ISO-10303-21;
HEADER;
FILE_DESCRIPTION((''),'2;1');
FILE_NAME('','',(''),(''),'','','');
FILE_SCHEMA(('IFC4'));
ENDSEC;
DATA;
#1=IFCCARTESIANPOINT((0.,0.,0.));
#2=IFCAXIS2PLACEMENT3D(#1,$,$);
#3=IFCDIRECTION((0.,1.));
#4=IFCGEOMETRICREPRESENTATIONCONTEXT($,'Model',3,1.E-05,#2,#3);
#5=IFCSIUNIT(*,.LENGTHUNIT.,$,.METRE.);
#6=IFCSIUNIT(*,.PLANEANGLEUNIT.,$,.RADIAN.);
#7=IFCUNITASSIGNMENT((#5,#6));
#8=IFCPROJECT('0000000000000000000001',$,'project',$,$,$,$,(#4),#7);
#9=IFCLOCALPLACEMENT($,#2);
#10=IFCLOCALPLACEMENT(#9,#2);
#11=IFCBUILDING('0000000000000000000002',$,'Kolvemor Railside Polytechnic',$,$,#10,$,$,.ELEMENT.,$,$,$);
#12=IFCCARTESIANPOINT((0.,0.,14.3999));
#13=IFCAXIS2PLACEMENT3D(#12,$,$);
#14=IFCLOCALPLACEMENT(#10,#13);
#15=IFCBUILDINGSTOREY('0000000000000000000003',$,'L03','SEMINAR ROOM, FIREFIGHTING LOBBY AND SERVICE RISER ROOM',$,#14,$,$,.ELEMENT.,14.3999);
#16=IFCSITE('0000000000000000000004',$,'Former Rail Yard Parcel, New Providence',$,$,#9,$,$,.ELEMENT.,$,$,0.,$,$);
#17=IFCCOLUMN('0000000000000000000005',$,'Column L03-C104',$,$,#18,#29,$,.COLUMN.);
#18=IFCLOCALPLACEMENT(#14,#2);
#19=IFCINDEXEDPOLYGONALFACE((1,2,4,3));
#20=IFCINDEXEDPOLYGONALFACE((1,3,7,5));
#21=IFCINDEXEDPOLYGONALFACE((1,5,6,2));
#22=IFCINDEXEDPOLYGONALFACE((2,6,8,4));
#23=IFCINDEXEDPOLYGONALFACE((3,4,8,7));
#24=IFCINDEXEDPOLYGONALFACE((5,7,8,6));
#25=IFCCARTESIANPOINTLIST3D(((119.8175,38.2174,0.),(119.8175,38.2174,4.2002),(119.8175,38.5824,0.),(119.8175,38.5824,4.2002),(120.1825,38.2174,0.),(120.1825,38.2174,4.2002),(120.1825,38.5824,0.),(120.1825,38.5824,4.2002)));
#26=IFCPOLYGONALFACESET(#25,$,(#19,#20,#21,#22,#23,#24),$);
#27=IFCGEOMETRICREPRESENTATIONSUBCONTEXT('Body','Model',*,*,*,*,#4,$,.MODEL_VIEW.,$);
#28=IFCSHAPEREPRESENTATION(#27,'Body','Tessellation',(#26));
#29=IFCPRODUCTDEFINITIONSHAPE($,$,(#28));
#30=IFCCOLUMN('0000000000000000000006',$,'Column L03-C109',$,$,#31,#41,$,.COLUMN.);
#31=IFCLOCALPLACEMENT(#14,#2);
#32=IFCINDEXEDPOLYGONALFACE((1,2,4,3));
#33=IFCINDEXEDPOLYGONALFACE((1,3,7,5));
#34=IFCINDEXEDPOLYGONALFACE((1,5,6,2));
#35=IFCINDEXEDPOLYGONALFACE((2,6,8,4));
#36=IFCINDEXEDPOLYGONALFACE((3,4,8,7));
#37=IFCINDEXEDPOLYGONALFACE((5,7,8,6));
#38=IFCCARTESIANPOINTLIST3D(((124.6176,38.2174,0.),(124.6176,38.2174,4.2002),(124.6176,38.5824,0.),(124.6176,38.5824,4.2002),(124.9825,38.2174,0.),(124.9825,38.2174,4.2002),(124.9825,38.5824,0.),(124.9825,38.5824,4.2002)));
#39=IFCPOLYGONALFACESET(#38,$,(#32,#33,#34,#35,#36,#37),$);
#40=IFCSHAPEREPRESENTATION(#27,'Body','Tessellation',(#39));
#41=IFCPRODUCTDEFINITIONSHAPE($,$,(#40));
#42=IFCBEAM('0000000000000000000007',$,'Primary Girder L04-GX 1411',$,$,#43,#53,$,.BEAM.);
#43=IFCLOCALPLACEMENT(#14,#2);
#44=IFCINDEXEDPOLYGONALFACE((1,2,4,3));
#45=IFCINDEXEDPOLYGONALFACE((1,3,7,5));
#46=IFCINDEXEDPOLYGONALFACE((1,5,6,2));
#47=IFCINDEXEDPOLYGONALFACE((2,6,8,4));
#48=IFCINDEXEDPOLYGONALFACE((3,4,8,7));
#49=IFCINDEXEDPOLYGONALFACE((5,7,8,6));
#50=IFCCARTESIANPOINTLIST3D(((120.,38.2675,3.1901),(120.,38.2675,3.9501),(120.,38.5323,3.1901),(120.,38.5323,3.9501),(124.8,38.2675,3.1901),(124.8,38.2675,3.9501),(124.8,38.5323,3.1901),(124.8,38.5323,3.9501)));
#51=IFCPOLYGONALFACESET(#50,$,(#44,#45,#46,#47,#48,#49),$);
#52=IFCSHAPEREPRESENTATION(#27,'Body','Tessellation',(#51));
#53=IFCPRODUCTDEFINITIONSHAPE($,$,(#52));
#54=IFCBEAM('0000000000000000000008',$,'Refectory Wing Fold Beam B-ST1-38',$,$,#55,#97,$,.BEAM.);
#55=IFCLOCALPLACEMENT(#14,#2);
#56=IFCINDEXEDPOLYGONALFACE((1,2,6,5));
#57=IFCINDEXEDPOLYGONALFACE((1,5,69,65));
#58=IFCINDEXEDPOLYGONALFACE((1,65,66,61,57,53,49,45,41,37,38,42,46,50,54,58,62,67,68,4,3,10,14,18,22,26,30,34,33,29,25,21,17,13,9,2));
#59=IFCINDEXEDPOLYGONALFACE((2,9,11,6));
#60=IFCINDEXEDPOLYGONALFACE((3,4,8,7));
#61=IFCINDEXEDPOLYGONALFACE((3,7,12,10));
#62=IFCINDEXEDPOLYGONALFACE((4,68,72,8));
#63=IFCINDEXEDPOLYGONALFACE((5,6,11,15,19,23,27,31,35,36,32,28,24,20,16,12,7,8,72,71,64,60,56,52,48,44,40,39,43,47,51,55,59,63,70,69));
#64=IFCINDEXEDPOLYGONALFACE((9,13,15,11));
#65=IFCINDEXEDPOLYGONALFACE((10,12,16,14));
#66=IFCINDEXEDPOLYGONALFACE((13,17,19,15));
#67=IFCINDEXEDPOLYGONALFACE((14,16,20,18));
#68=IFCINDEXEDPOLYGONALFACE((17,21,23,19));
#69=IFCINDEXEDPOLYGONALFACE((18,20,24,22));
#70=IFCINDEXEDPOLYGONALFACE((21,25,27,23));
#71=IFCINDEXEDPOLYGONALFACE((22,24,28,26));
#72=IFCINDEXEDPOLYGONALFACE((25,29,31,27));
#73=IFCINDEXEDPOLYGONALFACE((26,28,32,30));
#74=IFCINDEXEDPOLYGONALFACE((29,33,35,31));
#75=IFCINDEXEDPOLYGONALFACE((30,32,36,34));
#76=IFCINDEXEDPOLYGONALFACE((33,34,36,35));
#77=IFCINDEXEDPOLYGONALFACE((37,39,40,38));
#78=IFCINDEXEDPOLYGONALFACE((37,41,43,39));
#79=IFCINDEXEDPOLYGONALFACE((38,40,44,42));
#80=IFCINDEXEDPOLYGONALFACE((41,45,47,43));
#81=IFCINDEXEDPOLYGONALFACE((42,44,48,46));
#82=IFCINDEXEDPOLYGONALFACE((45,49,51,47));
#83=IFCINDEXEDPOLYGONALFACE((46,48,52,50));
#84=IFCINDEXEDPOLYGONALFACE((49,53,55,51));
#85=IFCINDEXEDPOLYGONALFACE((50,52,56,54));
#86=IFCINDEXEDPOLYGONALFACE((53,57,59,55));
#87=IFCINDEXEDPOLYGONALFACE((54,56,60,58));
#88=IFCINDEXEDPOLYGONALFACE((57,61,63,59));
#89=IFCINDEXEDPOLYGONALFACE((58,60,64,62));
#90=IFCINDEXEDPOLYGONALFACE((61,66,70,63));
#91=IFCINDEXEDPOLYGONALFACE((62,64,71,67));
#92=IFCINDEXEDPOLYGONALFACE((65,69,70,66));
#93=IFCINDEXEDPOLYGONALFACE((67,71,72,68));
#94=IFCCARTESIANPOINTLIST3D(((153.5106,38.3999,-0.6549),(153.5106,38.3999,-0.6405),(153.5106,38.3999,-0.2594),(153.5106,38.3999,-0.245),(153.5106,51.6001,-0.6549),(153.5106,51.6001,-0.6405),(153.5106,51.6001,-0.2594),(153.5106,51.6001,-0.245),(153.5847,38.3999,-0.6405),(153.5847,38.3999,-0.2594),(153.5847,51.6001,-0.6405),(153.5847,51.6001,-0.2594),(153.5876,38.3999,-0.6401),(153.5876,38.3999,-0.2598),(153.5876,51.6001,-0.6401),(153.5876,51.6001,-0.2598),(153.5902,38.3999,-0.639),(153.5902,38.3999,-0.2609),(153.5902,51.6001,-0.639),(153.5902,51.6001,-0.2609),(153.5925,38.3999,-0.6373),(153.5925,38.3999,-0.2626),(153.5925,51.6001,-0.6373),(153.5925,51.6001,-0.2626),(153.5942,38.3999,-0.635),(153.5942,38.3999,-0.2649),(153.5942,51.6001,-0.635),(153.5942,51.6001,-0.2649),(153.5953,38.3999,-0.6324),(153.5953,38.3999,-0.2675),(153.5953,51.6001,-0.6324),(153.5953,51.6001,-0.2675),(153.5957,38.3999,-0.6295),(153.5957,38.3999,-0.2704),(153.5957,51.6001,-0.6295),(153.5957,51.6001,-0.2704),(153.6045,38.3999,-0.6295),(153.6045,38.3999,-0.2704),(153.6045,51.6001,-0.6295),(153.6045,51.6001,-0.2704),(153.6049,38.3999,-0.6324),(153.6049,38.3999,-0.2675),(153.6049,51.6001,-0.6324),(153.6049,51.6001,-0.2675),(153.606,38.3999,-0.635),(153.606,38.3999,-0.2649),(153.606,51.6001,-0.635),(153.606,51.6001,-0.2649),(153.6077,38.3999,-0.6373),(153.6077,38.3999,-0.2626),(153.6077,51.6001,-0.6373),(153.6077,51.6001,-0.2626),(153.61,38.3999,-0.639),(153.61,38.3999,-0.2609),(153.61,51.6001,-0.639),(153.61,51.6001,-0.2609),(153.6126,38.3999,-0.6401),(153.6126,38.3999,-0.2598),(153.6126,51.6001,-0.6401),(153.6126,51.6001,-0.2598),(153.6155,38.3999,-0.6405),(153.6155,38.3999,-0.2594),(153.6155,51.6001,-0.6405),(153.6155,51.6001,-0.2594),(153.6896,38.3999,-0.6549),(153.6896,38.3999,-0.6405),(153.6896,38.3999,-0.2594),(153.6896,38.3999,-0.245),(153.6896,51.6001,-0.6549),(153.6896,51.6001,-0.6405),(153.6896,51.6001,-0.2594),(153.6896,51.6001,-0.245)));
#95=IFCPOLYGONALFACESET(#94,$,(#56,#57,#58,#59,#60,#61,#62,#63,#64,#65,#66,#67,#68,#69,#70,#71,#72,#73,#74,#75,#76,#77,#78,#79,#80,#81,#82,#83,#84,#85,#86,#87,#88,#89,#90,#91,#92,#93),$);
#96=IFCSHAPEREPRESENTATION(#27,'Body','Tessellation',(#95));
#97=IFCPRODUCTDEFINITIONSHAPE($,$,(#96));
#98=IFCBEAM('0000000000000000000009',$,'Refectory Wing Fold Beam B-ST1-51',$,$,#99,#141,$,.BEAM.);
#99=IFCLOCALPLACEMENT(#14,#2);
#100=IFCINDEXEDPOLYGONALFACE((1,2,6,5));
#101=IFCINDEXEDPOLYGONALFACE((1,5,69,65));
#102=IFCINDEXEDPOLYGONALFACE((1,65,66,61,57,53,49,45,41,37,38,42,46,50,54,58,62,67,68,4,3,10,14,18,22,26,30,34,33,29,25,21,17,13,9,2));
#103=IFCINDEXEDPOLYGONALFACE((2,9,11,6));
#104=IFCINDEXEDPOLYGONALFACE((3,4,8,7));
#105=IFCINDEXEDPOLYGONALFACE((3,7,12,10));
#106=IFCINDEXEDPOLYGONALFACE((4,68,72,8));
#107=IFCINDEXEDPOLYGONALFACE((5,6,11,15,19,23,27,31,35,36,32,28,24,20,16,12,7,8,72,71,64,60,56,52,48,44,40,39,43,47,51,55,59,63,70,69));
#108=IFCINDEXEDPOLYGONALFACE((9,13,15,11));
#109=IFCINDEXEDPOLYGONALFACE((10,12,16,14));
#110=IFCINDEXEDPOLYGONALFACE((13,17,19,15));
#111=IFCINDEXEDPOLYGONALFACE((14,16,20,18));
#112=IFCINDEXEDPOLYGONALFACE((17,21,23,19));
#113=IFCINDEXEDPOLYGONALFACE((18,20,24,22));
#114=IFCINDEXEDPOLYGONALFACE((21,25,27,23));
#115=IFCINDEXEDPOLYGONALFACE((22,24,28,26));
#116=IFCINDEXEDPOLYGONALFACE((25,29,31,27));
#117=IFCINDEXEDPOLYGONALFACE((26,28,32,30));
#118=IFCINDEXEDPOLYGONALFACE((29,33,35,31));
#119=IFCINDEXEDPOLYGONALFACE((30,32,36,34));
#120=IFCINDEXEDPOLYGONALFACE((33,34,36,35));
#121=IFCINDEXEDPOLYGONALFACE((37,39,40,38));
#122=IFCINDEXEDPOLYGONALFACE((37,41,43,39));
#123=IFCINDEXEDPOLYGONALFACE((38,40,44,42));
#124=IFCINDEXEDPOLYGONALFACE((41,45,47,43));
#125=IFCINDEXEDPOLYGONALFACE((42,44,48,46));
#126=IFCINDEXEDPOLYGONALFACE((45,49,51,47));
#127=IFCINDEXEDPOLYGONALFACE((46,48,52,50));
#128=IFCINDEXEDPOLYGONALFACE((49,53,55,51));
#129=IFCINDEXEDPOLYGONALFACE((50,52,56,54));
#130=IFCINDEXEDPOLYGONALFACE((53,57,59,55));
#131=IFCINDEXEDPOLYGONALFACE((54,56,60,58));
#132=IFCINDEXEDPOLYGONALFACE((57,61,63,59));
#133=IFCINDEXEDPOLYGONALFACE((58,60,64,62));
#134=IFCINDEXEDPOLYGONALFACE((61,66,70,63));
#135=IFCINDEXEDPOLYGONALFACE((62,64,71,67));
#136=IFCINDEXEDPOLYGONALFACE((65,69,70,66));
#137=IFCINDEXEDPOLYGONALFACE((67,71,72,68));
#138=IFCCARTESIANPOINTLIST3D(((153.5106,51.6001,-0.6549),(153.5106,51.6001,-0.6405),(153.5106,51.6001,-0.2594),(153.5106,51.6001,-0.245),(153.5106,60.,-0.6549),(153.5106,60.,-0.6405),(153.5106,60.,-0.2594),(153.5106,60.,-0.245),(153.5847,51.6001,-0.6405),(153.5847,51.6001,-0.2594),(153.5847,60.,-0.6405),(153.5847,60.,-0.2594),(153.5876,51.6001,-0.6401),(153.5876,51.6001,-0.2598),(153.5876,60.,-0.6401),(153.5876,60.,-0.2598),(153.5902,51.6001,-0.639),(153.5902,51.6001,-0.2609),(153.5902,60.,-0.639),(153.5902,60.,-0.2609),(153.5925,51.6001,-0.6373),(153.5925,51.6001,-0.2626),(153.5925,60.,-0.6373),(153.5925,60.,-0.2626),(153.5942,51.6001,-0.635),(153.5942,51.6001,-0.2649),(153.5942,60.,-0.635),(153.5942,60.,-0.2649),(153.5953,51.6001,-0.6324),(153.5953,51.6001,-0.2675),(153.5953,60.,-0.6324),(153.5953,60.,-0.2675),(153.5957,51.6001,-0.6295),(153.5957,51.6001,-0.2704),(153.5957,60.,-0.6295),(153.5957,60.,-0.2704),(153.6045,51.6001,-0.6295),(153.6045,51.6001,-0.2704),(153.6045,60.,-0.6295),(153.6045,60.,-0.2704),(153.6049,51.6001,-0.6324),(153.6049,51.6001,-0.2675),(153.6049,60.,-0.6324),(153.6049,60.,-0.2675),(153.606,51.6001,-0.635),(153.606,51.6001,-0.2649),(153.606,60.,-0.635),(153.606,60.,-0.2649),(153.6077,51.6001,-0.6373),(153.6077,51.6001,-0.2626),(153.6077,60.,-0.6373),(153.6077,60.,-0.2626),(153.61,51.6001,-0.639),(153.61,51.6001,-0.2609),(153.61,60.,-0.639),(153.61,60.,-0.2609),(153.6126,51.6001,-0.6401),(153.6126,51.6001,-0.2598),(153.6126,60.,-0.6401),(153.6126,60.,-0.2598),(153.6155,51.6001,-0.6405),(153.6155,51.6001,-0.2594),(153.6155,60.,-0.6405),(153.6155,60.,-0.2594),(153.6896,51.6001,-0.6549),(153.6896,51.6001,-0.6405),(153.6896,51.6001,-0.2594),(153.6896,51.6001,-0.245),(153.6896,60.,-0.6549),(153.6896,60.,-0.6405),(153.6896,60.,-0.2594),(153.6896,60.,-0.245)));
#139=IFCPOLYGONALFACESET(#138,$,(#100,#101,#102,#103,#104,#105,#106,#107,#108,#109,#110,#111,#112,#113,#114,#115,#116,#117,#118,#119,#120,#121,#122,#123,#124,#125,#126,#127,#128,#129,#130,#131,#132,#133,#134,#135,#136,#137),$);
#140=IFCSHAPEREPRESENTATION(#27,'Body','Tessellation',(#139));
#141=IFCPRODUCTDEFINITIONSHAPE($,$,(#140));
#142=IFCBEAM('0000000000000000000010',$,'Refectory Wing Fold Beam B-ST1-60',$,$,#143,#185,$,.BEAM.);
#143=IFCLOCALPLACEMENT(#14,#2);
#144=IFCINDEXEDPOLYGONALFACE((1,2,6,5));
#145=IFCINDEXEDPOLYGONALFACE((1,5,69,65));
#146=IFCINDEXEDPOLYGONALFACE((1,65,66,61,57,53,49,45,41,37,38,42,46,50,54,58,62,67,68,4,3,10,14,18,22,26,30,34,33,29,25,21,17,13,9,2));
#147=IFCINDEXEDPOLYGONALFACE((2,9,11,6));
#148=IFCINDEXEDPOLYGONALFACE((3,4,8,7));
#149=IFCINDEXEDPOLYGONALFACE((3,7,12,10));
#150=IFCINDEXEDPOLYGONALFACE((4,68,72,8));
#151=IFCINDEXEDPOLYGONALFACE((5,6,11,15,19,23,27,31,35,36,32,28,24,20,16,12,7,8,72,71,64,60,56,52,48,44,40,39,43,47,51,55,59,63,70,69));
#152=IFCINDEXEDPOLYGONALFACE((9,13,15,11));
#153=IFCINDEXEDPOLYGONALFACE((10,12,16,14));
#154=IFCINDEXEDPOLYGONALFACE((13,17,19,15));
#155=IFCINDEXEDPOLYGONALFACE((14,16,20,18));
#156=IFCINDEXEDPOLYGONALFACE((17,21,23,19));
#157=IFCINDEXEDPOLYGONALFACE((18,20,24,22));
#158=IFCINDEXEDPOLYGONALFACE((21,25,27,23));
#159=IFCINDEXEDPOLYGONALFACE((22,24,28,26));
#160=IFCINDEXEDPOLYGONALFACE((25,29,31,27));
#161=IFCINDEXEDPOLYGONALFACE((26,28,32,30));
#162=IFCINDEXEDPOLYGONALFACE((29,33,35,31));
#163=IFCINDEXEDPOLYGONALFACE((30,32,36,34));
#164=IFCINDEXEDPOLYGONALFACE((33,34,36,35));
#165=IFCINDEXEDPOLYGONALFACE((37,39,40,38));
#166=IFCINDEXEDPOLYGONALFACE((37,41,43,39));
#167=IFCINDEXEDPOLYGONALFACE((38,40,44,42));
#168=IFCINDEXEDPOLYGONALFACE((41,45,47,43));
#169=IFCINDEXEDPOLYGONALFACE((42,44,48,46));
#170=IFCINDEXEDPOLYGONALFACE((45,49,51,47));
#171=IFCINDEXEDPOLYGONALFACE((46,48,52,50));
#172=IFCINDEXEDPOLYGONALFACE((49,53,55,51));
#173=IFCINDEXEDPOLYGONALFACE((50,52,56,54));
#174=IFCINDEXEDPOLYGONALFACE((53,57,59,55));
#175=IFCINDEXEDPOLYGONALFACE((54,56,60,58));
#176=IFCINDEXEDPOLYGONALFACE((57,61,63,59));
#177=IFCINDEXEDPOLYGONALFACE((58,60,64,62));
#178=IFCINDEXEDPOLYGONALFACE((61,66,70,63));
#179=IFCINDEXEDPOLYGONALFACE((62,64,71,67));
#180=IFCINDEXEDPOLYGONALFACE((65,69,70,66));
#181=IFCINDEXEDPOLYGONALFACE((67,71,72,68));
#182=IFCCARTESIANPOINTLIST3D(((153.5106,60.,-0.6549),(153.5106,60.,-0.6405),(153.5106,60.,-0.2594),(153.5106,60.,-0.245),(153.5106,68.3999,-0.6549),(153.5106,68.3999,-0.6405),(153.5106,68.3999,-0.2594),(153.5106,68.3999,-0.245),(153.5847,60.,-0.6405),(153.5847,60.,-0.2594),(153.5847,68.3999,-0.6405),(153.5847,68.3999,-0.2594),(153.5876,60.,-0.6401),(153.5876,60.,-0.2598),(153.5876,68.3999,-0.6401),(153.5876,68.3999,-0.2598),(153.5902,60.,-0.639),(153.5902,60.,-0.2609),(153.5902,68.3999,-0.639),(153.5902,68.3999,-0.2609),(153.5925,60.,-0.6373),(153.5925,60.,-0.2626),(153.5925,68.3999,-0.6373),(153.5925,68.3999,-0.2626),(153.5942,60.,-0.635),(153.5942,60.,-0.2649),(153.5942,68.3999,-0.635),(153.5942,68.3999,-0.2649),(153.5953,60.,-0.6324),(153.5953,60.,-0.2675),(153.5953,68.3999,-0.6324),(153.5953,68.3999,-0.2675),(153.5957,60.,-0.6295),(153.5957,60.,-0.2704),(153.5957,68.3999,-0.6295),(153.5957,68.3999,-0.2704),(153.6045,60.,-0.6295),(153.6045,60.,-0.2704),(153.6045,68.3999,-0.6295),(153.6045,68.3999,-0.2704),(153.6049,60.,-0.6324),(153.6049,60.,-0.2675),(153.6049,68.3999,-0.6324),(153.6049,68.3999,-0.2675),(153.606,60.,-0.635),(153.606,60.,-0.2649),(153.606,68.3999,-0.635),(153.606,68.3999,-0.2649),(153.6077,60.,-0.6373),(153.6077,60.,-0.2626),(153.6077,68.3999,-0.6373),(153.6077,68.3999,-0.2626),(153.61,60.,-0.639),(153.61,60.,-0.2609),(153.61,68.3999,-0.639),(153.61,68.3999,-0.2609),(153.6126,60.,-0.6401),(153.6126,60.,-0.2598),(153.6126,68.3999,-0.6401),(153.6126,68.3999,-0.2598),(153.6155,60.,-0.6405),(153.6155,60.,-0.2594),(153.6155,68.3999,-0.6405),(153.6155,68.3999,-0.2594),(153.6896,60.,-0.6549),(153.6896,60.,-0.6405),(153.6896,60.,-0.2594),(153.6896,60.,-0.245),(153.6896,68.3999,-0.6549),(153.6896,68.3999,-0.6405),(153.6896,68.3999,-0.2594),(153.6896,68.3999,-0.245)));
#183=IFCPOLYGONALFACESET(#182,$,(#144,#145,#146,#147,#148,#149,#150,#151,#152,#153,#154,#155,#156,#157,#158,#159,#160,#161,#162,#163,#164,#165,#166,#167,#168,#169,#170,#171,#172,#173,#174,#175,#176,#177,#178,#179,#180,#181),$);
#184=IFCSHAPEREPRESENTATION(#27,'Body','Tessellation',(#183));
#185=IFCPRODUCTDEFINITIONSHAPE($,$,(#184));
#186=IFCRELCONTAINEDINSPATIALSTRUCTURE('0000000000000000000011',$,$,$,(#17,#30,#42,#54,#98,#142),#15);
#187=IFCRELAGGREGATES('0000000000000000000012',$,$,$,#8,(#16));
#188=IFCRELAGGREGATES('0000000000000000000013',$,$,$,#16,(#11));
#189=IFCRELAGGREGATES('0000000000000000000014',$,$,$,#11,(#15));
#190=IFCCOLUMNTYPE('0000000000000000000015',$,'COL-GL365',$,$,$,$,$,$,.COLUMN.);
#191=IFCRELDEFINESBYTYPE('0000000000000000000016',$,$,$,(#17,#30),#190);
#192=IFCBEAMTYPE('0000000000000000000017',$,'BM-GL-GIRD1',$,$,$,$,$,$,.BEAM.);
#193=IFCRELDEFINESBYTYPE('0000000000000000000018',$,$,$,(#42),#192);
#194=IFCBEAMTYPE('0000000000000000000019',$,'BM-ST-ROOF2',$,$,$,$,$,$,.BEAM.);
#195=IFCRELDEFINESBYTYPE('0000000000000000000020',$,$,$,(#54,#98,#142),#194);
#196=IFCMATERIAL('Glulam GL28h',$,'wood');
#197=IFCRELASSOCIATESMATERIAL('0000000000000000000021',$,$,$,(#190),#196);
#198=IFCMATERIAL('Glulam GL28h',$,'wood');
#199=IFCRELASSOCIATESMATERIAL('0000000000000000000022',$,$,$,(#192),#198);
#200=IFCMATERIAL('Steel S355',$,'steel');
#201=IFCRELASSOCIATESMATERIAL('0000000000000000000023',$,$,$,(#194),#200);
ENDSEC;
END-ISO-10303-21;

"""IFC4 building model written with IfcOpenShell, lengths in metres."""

from ifc_helpers import new_model, si_unit, direction, frame, origin, origin_2d, place, context, subcontext, project, spatial, rectangle, i_section, extrude, material, material_profile, profile_set, type_object, element, save


model = new_model("IFC4")

# Units and contexts
model_context = context("Model", 3, precision=1e-05, world=origin(), true_north=direction((0.0, 1.0)))
body_context = subcontext(model_context, "Body", "Model", "MODEL_VIEW")
ifc_project = project(units=[si_unit("LENGTHUNIT", "METRE"), si_unit("PLANEANGLEUNIT", "RADIAN")], contexts=[model_context])

# Site, building, storey
site_placement = place(None, origin())
site = spatial("IfcSite", under=ifc_project, at=site_placement, Name="Former Rail Yard Parcel, New Providence", CompositionType="ELEMENT", RefElevation=0.0)
building_placement = place(site_placement, origin())
building = spatial("IfcBuilding", under=site, at=building_placement, Name="Kolvemor Railside Polytechnic", CompositionType="ELEMENT")
storey_placement = place(building_placement, frame((0.0, 0.0, 14.3999)))
storey = spatial("IfcBuildingStorey", under=building, at=storey_placement, Name="L03", Description="SEMINAR ROOM, FIREFIGHTING LOBBY AND SERVICE RISER ROOM", CompositionType="ELEMENT", Elevation=14.3999)

# Columns
ifc_material_1 = material(Name="Glulam GL28h", Category="wood")
ifc_material_profile_1 = material_profile(ifc_material_1, rectangle(XDim=0.365, YDim=0.365, at=origin_2d()), Name="GL365x365")
ifc_profile_set_1 = profile_set([ifc_material_profile_1], Name="Glulam GL28h")
column_type = type_object("IfcColumnType", Name="COL-GL365", PredefinedType="COLUMN", material=ifc_profile_set_1)
for number, where, z_axis, x_axis, name in (
    (1, (120.0, 38.3999, 0.0), (0.0, 0.0, 1.0), (1.0, 0.0, 0.0), "Column L03-C104"),
    (2, (124.8, 38.3999, 0.0), (0.0, 0.0, 1.0), (1.0, 0.0, 0.0), "Column L03-C109"),
):
    element("IfcColumn", number, at=place(storey_placement, frame(where, z_axis=z_axis, x_axis=x_axis)), inside=storey, type_object=column_type, Name=name, PredefinedType="COLUMN", context=body_context, shape_type="SweptSolid", body=[
        extrude(rectangle(XDim=0.365, YDim=0.365, at=origin_2d()), origin(), (0.0, 0.0, 1.0), 4.2002),
    ])

# Beams
ifc_material_2 = material(Name="Glulam GL28h", Category="wood")
ifc_material_profile_2 = material_profile(ifc_material_2, rectangle(XDim=0.2649, YDim=0.76, at=origin_2d()), Name="GL265x760")
ifc_profile_set_2 = profile_set([ifc_material_profile_2], Name="Glulam GL28h")
beam_type_1 = type_object("IfcBeamType", Name="BM-GL-GIRD1", PredefinedType="BEAM", material=ifc_profile_set_2)
beam_1_placement = place(storey_placement, frame((120.0, 38.3999, 3.5701), z_axis=(1.0, 0.0, 0.0), x_axis=(0.0, 1.0, 0.0)))
element("IfcBeam", 3, at=beam_1_placement, inside=storey, type_object=beam_type_1, Name="Primary Girder L04-GX 1411", PredefinedType="BEAM", context=body_context, shape_type="SweptSolid", body=[
    extrude(rectangle(XDim=0.2649, YDim=0.76, at=origin_2d()), origin(), (0.0, 0.0, 1.0), 4.8),
])
ifc_material_3 = material(Name="Steel S355", Category="steel")
ifc_material_profile_3 = material_profile(ifc_material_3, i_section(OverallWidth=0.179, OverallDepth=0.4099, WebThickness=0.0088, FlangeThickness=0.0144, FilletRadius=0.011, at=origin_2d()), Name="W410x67")
ifc_profile_set_3 = profile_set([ifc_material_profile_3], Name="Steel S355")
beam_type_2 = type_object("IfcBeamType", Name="BM-ST-ROOF2", PredefinedType="BEAM", material=ifc_profile_set_3)
beam_2_placement = place(storey_placement, frame((153.6001, 38.3999, -0.45), z_axis=(0.0, 1.0, 0.0), x_axis=(-1.0, 0.0, 0.0)))
element("IfcBeam", 4, at=beam_2_placement, inside=storey, type_object=beam_type_2, Name="Refectory Wing Fold Beam B-ST1-38", PredefinedType="BEAM", context=body_context, shape_type="SweptSolid", body=[
    extrude(i_section(OverallWidth=0.179, OverallDepth=0.4099, WebThickness=0.0088, FlangeThickness=0.0144, FilletRadius=0.011, at=origin_2d()), origin(), (0.0, 0.0, 1.0), 13.2002),
])
for number, where, z_axis, x_axis, name in (
    (5, (153.6001, 51.6001, -0.45), (0.0, 1.0, 0.0), (-1.0, 0.0, 0.0), "Refectory Wing Fold Beam B-ST1-51"),
    (6, (153.6001, 60.0, -0.45), (0.0, 1.0, 0.0), (-1.0, 0.0, 0.0), "Refectory Wing Fold Beam B-ST1-60"),
):
    element("IfcBeam", number, at=place(storey_placement, frame(where, z_axis=z_axis, x_axis=x_axis)), inside=storey, type_object=beam_type_2, Name=name, PredefinedType="BEAM", context=body_context, shape_type="SweptSolid", body=[
        extrude(i_section(OverallWidth=0.179, OverallDepth=0.4099, WebThickness=0.0088, FlangeThickness=0.0144, FilletRadius=0.011, at=origin_2d()), origin(), (0.0, 0.0, 1.0), 8.3999),
    ])

save(model, "model.ifc")
